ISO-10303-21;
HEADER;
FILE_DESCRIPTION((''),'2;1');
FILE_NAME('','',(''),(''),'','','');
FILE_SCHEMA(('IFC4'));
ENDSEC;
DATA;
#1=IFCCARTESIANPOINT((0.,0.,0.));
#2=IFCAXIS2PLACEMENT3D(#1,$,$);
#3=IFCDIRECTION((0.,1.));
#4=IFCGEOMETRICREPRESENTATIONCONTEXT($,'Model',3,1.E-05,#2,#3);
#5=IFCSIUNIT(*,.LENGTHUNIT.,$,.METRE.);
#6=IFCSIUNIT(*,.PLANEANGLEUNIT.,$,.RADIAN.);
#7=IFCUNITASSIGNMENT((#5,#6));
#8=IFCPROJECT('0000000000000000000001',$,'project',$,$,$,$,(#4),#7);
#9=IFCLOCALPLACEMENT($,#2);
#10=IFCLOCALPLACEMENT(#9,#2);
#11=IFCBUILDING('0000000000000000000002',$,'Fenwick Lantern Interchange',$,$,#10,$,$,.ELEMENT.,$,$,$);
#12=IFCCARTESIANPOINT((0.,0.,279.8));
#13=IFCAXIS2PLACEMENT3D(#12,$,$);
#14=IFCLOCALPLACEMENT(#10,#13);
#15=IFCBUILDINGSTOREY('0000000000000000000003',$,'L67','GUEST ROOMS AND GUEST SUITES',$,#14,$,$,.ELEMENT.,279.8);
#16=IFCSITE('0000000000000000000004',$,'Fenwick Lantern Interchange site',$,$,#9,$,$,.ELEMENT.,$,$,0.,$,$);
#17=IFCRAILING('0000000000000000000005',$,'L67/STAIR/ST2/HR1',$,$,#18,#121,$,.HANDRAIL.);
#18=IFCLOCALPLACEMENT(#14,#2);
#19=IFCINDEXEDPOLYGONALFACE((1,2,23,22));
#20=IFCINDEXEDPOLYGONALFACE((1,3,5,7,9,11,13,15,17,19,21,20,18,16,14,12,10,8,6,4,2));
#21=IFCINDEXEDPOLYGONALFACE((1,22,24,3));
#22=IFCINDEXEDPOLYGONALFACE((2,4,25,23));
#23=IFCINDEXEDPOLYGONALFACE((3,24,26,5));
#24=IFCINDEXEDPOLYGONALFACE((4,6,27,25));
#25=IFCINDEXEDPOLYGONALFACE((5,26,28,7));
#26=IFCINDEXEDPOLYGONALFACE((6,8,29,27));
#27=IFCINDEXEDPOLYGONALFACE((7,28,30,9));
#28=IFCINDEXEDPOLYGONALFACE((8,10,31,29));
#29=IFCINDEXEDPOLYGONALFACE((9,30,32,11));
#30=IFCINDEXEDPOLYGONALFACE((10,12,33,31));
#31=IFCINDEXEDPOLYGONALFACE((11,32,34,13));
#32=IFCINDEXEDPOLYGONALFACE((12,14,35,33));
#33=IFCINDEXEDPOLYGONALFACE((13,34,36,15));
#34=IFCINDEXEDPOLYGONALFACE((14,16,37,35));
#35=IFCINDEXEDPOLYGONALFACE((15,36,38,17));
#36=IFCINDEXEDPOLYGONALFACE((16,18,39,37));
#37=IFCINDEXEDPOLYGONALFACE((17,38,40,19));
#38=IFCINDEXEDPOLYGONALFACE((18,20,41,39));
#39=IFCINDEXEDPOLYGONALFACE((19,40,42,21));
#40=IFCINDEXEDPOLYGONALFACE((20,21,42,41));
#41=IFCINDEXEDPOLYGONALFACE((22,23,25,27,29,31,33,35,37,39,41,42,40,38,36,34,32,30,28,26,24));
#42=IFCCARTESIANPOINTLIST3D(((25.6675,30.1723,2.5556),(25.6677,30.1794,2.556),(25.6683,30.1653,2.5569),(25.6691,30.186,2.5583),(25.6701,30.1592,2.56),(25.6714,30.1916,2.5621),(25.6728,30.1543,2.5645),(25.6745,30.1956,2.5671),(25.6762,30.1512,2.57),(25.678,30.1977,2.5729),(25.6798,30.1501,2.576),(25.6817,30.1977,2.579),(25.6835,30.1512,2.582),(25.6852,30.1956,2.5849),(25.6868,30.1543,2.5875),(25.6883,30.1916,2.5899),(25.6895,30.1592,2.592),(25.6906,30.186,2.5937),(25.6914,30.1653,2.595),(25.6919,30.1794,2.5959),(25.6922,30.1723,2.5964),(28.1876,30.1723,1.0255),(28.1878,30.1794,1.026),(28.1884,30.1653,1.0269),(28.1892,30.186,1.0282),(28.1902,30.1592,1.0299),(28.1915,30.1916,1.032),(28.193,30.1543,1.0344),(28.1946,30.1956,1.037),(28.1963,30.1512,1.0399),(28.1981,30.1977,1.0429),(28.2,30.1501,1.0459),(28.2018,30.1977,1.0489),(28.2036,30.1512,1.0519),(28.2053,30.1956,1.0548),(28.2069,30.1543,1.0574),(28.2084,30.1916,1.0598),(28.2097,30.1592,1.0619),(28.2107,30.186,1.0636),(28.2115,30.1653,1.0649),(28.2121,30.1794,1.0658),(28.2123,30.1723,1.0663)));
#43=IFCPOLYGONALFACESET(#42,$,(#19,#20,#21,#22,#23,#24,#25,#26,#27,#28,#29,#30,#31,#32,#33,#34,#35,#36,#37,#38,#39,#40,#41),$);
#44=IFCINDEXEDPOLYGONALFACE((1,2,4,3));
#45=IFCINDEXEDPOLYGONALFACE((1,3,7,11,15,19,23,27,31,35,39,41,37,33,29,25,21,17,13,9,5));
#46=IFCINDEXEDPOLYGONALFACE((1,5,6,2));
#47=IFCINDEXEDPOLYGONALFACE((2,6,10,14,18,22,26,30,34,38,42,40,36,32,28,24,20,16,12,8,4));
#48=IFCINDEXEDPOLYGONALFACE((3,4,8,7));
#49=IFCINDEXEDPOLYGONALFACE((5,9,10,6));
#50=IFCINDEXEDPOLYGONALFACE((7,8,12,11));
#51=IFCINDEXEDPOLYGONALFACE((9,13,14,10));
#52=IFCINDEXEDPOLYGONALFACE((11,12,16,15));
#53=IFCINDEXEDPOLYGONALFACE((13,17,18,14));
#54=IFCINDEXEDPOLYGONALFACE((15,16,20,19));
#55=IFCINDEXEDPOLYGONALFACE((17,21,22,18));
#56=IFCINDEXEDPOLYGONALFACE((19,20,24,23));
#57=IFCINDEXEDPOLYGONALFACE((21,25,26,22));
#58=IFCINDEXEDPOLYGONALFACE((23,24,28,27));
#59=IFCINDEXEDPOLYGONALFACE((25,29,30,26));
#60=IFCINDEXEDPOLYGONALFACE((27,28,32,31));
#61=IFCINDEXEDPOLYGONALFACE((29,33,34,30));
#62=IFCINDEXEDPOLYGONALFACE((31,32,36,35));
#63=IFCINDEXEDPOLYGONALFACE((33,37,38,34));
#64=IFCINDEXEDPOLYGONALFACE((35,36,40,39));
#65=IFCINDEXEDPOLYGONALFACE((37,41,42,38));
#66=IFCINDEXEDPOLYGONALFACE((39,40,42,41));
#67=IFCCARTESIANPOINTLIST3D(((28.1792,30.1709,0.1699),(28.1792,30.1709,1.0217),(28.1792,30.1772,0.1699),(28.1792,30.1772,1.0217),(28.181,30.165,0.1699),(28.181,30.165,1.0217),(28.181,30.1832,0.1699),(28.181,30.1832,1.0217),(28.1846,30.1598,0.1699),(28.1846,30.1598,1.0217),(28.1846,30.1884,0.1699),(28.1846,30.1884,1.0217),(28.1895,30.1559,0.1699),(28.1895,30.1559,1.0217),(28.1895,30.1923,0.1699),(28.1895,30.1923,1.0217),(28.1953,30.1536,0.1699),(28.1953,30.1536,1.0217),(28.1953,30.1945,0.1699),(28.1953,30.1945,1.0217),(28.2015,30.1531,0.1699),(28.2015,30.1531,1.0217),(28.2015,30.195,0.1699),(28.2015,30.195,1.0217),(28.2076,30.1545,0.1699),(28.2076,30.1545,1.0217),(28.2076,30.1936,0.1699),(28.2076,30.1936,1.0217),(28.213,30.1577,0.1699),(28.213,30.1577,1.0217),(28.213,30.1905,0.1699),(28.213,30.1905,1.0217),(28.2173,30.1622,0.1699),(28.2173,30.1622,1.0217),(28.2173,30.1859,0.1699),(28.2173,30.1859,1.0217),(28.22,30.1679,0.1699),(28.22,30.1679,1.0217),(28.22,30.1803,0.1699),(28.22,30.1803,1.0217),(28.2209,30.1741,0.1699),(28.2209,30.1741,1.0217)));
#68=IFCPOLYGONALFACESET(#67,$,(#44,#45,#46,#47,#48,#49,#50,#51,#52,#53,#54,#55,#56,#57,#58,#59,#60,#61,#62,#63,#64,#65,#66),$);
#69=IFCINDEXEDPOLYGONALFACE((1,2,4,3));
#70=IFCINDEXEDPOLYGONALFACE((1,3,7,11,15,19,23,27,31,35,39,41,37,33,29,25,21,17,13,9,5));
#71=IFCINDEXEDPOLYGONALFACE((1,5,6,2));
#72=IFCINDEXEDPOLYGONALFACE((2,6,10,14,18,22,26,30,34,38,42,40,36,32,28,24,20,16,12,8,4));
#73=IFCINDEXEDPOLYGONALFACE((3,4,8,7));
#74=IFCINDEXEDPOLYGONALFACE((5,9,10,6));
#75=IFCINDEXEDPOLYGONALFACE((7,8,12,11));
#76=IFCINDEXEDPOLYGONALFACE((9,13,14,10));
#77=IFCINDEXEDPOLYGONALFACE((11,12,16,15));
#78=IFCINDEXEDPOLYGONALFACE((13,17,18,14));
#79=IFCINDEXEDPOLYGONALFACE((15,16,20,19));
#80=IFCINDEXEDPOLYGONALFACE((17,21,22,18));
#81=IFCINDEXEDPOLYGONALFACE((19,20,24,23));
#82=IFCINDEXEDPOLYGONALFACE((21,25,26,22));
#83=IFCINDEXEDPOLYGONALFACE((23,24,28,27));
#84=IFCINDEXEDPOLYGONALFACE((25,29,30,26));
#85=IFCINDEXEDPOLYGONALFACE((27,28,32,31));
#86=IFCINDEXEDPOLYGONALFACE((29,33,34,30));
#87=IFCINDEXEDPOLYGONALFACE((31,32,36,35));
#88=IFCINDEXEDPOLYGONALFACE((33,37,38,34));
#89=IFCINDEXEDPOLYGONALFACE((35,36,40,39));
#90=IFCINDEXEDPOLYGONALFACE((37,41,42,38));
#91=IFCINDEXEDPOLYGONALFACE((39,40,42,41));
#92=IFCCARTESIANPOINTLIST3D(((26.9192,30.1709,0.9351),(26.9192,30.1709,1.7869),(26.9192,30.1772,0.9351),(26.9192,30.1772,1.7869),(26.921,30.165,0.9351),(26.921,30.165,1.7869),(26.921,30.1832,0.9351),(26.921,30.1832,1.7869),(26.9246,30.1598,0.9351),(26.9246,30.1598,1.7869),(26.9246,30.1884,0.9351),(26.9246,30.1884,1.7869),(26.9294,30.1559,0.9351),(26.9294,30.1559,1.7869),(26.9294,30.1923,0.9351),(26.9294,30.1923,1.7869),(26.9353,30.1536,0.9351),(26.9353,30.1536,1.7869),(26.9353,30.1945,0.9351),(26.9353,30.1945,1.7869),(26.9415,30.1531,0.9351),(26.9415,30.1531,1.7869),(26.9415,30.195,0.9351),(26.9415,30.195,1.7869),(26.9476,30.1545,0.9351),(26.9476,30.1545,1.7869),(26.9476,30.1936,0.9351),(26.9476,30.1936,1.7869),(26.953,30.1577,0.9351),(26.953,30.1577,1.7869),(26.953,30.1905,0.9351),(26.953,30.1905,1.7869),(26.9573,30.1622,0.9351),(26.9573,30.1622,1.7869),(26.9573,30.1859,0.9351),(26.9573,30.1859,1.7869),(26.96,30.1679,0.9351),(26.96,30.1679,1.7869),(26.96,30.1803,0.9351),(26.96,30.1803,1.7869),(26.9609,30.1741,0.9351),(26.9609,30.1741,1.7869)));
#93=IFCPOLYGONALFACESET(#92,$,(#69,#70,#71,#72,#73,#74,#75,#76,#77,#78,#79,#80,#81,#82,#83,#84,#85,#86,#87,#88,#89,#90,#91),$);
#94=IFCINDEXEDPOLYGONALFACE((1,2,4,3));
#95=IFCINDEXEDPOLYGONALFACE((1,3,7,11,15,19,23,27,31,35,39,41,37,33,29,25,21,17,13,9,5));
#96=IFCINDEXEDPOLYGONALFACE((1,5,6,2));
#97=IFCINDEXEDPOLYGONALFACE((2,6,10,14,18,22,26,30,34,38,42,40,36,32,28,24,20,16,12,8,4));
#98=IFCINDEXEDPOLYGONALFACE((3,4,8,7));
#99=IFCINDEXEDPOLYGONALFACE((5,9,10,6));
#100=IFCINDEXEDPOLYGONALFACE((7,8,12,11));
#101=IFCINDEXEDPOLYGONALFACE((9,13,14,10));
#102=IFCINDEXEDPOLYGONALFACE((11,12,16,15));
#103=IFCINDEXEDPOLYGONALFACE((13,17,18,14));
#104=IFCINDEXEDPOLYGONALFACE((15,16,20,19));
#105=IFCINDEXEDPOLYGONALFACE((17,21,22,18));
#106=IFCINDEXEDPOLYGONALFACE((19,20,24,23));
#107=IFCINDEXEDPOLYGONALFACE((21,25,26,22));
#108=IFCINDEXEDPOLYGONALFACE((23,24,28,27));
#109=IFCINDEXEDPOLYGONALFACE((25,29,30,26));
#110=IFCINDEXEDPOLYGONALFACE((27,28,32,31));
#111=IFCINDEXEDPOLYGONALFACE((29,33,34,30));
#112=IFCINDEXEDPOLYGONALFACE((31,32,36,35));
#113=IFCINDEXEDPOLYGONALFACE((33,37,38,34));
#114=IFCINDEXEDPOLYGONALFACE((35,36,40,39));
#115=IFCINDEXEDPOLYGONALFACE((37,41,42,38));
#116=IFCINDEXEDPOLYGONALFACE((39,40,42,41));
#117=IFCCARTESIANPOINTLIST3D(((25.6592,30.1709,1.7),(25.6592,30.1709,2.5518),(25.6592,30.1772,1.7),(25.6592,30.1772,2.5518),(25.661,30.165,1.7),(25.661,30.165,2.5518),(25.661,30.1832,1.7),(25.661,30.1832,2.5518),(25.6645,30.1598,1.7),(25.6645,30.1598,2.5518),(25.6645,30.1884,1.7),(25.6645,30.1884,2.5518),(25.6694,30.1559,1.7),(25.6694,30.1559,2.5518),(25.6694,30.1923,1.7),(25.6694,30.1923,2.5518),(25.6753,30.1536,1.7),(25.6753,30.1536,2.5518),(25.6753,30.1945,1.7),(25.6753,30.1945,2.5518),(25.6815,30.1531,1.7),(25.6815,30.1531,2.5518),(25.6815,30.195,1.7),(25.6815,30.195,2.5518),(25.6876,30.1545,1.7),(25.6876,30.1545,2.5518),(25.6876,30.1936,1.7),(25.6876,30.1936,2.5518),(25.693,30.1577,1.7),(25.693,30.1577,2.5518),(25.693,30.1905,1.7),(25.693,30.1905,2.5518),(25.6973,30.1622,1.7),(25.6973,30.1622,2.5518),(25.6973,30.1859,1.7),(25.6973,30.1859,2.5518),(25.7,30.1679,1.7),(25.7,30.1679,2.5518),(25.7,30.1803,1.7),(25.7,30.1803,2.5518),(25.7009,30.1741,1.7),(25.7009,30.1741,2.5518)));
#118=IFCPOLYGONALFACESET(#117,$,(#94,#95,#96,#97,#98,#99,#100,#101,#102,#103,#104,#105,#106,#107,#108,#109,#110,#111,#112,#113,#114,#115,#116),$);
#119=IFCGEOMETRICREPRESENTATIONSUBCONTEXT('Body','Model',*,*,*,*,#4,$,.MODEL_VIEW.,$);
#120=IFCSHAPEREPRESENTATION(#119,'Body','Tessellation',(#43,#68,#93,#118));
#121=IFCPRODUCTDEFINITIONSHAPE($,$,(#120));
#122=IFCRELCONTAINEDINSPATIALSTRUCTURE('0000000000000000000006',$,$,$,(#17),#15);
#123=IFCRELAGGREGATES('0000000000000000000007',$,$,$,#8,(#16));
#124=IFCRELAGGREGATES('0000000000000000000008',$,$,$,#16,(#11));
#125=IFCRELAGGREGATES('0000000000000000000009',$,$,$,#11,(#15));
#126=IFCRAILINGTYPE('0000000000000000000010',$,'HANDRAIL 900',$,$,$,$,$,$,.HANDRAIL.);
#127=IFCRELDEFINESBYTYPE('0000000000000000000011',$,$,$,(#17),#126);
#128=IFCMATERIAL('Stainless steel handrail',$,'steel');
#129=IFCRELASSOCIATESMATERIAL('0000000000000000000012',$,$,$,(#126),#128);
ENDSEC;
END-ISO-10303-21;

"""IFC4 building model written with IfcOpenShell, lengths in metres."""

from ifc_helpers import new_model, si_unit, direction, frame, origin, origin_2d, place, context, subcontext, project, spatial, circle, extrude, material, type_object, element, save


model = new_model("IFC4")

# Units and contexts
model_context = context("Model", 3, precision=1e-05, world=origin(), true_north=direction((0.0, 1.0)))
body_context = subcontext(model_context, "Body", "Model", "MODEL_VIEW")
ifc_project = project(units=[si_unit("LENGTHUNIT", "METRE"), si_unit("PLANEANGLEUNIT", "RADIAN")], contexts=[model_context])

# Site, building, storey
site_placement = place(None, origin())
site = spatial("IfcSite", under=ifc_project, at=site_placement, Name="Fenwick Lantern Interchange site", CompositionType="ELEMENT", RefElevation=0.0)
building_placement = place(site_placement, origin())
building = spatial("IfcBuilding", under=site, at=building_placement, Name="Fenwick Lantern Interchange", CompositionType="ELEMENT")
storey_placement = place(building_placement, frame((0.0, 0.0, 279.8)))
storey = spatial("IfcBuildingStorey", under=building, at=storey_placement, Name="L67", Description="GUEST ROOMS AND GUEST SUITES", CompositionType="ELEMENT", Elevation=279.8)

# Railing
ifc_material_1 = material(Name="Stainless steel handrail", Category="steel")
railing_type = type_object("IfcRailingType", Name="HANDRAIL 900", PredefinedType="HANDRAIL", material=ifc_material_1)
railing_placement = place(storey_placement, frame((28.2, 30.1741, 0.1699)))
element("IfcRailing", 1, at=railing_placement, inside=storey, type_object=railing_type, Name="L67/STAIR/ST2/HR1", PredefinedType="HANDRAIL", context=body_context, shape_type="SweptSolid", body=[
    extrude(circle(Radius=0.0239, at=origin_2d()), frame((0.0, 0.0, 0.876), z_axis=(-0.854785, 0.0, 0.518982), x_axis=(0.0, -1.0, 0.0)), (0.0, 0.0, 1.0), 2.9482),
    extrude(circle(Radius=0.021, at=origin_2d()), origin(), (0.0, 0.0, 1.0), 0.8518),
    extrude(circle(Radius=0.021, at=origin_2d()), frame((-1.26, 0.0, 0.7651)), (0.0, 0.0, 1.0), 0.8518),
    extrude(circle(Radius=0.021, at=origin_2d()), frame((-2.52, 0.0, 1.53)), (0.0, 0.0, 1.0), 0.8518),
])

save(model, "model.ifc")
